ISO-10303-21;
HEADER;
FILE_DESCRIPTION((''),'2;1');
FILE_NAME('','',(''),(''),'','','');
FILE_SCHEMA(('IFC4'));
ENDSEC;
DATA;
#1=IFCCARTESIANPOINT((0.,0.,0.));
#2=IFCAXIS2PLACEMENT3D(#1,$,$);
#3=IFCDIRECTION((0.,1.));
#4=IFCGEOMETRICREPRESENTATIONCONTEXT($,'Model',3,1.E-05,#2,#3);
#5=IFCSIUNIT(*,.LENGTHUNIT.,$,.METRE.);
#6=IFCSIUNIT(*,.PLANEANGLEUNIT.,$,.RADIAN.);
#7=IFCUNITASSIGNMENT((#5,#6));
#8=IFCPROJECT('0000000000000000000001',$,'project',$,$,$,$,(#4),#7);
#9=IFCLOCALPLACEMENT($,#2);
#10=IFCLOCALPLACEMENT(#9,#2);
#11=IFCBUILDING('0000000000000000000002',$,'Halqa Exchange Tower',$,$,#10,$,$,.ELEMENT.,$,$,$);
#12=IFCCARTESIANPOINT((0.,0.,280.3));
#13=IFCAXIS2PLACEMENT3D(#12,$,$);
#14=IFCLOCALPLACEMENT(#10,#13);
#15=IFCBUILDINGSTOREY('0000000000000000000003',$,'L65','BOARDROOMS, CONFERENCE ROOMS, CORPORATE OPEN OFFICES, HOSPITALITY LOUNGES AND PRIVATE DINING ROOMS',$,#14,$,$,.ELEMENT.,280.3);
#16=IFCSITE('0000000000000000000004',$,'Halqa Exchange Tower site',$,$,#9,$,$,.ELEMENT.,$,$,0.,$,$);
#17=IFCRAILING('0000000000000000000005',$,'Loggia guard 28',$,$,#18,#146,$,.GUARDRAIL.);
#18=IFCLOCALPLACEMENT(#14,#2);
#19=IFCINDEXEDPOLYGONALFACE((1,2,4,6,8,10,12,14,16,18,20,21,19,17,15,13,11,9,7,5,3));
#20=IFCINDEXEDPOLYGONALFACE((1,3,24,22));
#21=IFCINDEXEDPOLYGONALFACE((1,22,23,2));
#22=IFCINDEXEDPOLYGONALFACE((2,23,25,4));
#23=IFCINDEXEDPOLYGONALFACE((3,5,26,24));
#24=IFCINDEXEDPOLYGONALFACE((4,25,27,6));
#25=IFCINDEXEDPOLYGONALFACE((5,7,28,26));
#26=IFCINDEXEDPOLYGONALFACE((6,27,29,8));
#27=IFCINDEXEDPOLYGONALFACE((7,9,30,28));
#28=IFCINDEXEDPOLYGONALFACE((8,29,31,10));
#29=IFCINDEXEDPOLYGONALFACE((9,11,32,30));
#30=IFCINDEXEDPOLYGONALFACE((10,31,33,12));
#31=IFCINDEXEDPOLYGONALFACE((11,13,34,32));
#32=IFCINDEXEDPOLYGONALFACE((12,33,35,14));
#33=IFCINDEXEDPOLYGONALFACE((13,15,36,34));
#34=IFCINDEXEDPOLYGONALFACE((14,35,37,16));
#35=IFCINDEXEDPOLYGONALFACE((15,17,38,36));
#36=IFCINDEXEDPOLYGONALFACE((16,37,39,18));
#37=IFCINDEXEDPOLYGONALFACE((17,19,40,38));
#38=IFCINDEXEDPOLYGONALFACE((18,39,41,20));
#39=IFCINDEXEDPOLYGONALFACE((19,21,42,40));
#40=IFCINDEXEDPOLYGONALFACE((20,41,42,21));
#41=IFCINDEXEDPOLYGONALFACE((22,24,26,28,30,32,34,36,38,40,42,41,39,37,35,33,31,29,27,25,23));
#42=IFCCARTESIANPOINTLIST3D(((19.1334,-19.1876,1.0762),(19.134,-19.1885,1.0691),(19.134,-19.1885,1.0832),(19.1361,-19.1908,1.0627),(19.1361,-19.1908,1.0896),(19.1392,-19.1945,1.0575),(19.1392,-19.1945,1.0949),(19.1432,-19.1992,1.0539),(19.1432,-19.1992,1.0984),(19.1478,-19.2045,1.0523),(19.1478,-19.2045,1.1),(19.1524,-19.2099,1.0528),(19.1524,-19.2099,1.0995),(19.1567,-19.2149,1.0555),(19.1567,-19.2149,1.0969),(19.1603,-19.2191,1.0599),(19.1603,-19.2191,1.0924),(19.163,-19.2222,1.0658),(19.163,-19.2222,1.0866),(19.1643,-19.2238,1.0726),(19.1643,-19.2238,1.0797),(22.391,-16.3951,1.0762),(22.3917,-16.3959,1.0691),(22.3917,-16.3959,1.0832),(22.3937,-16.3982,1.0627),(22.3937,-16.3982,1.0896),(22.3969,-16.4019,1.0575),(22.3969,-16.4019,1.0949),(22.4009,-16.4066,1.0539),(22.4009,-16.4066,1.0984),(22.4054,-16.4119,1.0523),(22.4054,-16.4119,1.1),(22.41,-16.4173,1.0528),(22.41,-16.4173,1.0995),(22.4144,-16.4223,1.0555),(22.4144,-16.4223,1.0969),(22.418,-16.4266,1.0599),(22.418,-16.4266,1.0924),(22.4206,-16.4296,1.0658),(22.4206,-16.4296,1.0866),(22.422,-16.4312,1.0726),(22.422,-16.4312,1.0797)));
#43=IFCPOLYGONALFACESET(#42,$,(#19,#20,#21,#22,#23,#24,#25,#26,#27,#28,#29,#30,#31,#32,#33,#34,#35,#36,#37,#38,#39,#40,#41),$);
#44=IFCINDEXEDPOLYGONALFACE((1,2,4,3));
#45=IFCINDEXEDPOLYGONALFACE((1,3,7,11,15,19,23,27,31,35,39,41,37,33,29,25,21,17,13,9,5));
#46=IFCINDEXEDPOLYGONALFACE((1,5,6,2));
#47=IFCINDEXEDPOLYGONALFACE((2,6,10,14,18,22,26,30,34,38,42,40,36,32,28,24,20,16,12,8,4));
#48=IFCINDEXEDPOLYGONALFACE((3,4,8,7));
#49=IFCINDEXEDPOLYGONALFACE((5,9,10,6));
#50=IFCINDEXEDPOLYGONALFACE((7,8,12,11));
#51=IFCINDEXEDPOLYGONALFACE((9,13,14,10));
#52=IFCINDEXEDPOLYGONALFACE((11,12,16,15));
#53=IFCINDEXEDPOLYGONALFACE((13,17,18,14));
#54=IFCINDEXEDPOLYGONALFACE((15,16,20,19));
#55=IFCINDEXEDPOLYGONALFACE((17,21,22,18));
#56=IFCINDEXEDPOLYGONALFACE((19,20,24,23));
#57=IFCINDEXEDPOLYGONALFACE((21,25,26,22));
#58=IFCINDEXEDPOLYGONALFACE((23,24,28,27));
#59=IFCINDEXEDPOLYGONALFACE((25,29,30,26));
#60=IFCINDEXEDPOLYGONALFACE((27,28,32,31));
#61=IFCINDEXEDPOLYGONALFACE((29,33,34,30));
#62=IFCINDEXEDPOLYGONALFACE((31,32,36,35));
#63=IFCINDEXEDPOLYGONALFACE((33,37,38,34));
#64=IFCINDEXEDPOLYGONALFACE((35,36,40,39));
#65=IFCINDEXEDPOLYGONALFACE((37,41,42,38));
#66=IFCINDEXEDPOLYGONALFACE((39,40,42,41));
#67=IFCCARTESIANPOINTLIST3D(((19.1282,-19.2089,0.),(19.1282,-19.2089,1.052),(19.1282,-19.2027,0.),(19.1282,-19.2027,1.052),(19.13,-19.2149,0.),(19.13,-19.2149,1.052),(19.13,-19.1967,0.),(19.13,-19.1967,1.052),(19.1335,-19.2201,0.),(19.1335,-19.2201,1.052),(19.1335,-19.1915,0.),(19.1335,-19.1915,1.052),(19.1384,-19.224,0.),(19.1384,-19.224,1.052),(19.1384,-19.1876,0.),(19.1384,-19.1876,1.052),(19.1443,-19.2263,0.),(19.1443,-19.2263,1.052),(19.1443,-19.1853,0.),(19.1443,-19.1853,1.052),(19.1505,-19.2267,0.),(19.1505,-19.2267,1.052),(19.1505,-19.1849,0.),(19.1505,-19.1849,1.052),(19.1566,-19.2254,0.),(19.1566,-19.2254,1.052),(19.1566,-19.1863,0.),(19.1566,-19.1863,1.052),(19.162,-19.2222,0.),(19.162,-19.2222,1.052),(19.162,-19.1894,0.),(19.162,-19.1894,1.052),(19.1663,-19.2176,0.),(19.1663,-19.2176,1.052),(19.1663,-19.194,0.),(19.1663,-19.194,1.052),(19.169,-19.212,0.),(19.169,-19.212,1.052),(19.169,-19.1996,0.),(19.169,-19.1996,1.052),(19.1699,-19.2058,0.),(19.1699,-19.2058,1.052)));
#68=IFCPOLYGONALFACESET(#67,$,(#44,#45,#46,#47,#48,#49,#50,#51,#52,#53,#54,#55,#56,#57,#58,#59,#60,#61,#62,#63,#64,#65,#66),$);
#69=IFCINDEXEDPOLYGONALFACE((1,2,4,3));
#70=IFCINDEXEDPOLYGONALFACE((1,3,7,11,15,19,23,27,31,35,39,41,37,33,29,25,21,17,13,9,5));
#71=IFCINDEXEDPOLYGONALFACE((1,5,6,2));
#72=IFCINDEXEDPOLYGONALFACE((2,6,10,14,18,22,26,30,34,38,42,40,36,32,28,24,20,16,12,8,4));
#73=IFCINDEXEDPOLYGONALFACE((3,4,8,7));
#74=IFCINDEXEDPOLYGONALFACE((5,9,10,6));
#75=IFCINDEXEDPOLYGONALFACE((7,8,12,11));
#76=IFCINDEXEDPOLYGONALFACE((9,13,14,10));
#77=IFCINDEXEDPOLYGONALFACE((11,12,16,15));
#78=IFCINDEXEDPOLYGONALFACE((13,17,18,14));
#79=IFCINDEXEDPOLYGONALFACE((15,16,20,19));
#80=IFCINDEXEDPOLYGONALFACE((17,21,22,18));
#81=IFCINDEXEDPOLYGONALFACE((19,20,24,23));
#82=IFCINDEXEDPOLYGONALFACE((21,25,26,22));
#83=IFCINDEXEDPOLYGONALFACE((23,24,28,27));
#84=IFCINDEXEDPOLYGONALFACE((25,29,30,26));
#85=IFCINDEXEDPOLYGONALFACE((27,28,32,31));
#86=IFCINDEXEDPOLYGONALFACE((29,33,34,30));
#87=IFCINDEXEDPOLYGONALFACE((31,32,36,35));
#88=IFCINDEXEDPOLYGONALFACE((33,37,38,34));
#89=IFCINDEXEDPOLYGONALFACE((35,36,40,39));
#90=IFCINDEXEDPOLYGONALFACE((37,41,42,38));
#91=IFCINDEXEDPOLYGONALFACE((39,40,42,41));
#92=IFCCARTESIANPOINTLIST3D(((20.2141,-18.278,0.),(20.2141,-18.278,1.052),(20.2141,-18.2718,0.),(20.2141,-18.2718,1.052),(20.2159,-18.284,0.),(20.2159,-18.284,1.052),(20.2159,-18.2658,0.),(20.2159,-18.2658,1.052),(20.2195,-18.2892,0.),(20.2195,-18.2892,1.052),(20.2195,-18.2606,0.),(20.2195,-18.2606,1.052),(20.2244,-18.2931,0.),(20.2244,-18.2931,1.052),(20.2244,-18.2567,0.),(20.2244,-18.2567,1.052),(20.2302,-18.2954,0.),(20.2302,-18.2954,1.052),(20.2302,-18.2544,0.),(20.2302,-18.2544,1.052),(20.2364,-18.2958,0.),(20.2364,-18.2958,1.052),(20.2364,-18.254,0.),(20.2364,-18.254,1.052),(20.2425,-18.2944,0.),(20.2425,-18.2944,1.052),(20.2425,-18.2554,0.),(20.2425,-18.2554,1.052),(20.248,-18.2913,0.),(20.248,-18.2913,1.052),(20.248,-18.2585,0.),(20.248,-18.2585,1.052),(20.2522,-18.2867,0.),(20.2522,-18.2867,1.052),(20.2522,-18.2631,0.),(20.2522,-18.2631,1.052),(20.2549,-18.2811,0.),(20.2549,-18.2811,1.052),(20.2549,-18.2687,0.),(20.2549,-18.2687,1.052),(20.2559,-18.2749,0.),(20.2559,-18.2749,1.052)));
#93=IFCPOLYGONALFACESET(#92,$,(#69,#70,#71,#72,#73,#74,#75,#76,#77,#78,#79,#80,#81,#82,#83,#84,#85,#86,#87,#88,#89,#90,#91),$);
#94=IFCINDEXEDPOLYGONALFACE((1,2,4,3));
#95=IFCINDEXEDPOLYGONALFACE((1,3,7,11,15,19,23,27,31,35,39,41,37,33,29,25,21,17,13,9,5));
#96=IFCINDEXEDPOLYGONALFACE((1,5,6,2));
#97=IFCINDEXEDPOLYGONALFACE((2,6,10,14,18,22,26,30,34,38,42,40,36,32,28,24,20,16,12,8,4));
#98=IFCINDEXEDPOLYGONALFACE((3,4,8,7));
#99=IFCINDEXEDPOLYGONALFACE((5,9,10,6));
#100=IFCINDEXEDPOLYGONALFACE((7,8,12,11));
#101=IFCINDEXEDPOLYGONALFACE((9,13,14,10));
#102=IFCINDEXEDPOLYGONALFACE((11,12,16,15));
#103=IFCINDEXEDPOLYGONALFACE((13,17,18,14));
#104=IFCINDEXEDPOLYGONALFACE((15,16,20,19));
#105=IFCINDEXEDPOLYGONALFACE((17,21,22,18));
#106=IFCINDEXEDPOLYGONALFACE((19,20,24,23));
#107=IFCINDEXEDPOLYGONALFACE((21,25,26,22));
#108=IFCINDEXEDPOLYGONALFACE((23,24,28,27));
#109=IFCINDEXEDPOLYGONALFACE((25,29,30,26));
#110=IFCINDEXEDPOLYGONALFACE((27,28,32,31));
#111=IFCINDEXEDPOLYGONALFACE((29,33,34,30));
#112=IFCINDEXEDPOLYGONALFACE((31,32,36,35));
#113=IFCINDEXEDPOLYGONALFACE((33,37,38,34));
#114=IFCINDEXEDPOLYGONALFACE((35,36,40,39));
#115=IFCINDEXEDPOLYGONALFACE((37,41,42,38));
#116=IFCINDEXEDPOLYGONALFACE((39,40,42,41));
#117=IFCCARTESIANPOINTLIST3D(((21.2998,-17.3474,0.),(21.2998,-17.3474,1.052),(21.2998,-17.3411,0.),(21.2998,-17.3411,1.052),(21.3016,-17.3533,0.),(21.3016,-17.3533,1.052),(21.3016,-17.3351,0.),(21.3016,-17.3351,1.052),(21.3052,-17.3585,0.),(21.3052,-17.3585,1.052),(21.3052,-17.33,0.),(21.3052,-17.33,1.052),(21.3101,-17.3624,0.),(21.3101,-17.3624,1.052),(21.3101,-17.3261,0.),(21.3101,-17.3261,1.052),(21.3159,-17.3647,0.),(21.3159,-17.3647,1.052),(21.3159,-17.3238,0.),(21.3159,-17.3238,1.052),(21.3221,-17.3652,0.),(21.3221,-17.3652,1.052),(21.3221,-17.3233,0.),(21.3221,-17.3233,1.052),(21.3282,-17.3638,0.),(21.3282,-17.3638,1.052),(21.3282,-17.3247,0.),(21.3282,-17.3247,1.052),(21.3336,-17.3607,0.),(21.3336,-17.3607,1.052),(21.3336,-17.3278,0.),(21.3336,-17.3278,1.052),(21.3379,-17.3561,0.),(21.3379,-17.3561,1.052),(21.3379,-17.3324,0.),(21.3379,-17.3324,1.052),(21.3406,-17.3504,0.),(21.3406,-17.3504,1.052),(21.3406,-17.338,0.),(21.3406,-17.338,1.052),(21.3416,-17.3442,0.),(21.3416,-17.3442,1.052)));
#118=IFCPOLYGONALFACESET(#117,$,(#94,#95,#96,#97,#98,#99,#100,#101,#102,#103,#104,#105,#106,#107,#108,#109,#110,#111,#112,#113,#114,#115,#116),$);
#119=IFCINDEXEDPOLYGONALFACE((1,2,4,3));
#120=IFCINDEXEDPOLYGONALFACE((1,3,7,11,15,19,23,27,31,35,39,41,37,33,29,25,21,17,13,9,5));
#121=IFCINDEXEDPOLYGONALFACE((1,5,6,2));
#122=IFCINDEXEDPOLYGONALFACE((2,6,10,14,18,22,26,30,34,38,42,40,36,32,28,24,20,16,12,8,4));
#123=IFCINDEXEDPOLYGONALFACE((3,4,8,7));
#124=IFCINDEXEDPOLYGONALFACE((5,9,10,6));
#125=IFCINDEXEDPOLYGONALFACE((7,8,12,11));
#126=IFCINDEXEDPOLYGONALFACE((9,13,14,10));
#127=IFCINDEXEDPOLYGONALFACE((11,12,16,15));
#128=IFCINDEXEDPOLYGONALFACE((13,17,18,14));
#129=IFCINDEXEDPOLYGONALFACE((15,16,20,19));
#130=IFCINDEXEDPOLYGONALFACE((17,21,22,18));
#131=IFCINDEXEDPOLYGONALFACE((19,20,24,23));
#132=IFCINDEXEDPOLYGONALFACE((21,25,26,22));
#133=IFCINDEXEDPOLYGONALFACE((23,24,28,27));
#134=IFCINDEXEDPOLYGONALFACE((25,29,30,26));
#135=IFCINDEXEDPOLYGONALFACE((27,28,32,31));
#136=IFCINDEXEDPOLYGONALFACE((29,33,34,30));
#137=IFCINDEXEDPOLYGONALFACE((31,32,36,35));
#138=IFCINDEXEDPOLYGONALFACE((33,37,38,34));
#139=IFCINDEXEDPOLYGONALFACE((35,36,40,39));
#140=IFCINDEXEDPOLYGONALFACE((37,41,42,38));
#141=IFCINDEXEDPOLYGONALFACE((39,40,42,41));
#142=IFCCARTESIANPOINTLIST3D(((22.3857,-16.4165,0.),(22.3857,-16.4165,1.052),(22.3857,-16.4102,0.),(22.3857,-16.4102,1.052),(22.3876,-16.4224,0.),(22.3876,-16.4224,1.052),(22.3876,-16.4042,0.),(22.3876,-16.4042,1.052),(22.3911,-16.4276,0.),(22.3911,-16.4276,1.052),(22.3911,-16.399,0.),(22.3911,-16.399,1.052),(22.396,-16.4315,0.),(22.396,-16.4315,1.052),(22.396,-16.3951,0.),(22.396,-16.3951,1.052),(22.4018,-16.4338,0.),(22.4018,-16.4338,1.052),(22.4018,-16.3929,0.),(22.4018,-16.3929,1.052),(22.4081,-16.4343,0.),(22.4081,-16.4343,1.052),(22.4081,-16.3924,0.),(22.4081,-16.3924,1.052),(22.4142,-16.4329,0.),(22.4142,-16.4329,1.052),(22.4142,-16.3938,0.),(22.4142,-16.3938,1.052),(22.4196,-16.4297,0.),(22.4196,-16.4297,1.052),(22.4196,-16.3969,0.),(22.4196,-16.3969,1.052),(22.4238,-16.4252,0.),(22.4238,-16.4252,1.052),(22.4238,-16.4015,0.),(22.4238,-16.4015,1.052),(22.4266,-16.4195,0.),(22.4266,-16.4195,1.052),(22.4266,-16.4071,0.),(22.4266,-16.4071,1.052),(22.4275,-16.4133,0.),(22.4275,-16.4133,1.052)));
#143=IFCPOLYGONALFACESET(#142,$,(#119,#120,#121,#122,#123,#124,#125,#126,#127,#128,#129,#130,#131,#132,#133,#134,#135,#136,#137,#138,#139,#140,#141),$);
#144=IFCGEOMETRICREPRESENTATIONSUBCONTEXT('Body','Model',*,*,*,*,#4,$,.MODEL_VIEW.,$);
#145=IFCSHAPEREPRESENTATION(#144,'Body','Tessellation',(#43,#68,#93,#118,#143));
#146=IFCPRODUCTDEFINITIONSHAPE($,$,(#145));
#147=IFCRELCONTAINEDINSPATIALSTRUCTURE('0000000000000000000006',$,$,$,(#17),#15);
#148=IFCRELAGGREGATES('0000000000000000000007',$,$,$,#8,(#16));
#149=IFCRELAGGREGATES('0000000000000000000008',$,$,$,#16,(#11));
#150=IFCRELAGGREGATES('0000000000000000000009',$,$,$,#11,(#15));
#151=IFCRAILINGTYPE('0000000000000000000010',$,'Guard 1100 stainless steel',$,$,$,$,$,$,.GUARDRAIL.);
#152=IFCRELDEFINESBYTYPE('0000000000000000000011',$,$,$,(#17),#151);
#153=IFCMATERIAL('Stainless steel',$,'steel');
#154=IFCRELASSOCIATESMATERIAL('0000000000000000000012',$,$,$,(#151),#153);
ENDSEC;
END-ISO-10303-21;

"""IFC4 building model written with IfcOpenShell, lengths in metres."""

from ifc_helpers import new_model, si_unit, direction, frame, origin, origin_2d, place, context, subcontext, project, spatial, circle, extrude, material, type_object, element, save


model = new_model("IFC4")

# Units and contexts
model_context = context("Model", 3, precision=1e-05, world=origin(), true_north=direction((0.0, 1.0)))
body_context = subcontext(model_context, "Body", "Model", "MODEL_VIEW")
ifc_project = project(units=[si_unit("LENGTHUNIT", "METRE"), si_unit("PLANEANGLEUNIT", "RADIAN")], contexts=[model_context])

# Site, building, storey
site_placement = place(None, origin())
site = spatial("IfcSite", under=ifc_project, at=site_placement, Name="Halqa Exchange Tower site", CompositionType="ELEMENT", RefElevation=0.0)
building_placement = place(site_placement, origin())
building = spatial("IfcBuilding", under=site, at=building_placement, Name="Halqa Exchange Tower", CompositionType="ELEMENT")
storey_placement = place(building_placement, frame((0.0, 0.0, 280.3)))
storey = spatial("IfcBuildingStorey", under=building, at=storey_placement, Name="L65", Description="BOARDROOMS, CONFERENCE ROOMS, CORPORATE OPEN OFFICES, HOSPITALITY LOUNGES AND PRIVATE DINING ROOMS", CompositionType="ELEMENT", Elevation=280.3)

# Railing
ifc_material_1 = material(Name="Stainless steel", Category="steel")
railing_type = type_object("IfcRailingType", Name="Guard 1100 stainless steel", PredefinedType="GUARDRAIL", material=ifc_material_1)
railing_1_placement = place(storey_placement, frame((19.1489, -19.2058, 0.0)))
element("IfcRailing", 1, at=railing_1_placement, inside=storey, type_object=railing_type, Name="Loggia guard 28", PredefinedType="GUARDRAIL", context=body_context, shape_type="SweptSolid", body=[
    extrude(circle(Radius=0.0239, at=origin_2d()), frame((0.0, 0.0, 1.0762), z_axis=(0.759224, 0.650829, 0.0), x_axis=(-0.650829, 0.759224, 0.0)), (0.0, 0.0, 1.0), 4.2908),
    extrude(circle(Radius=0.021, at=origin_2d()), origin(), (0.0, 0.0, 1.0), 1.052),
    extrude(circle(Radius=0.021, at=origin_2d()), frame((1.0859, 0.9309, 0.0)), (0.0, 0.0, 1.0), 1.052),
    extrude(circle(Radius=0.021, at=origin_2d()), frame((2.1716, 1.8616, 0.0)), (0.0, 0.0, 1.0), 1.052),
    extrude(circle(Radius=0.021, at=origin_2d()), frame((3.2576, 2.7925, 0.0)), (0.0, 0.0, 1.0), 1.052),
])

save(model, "model.ifc")
